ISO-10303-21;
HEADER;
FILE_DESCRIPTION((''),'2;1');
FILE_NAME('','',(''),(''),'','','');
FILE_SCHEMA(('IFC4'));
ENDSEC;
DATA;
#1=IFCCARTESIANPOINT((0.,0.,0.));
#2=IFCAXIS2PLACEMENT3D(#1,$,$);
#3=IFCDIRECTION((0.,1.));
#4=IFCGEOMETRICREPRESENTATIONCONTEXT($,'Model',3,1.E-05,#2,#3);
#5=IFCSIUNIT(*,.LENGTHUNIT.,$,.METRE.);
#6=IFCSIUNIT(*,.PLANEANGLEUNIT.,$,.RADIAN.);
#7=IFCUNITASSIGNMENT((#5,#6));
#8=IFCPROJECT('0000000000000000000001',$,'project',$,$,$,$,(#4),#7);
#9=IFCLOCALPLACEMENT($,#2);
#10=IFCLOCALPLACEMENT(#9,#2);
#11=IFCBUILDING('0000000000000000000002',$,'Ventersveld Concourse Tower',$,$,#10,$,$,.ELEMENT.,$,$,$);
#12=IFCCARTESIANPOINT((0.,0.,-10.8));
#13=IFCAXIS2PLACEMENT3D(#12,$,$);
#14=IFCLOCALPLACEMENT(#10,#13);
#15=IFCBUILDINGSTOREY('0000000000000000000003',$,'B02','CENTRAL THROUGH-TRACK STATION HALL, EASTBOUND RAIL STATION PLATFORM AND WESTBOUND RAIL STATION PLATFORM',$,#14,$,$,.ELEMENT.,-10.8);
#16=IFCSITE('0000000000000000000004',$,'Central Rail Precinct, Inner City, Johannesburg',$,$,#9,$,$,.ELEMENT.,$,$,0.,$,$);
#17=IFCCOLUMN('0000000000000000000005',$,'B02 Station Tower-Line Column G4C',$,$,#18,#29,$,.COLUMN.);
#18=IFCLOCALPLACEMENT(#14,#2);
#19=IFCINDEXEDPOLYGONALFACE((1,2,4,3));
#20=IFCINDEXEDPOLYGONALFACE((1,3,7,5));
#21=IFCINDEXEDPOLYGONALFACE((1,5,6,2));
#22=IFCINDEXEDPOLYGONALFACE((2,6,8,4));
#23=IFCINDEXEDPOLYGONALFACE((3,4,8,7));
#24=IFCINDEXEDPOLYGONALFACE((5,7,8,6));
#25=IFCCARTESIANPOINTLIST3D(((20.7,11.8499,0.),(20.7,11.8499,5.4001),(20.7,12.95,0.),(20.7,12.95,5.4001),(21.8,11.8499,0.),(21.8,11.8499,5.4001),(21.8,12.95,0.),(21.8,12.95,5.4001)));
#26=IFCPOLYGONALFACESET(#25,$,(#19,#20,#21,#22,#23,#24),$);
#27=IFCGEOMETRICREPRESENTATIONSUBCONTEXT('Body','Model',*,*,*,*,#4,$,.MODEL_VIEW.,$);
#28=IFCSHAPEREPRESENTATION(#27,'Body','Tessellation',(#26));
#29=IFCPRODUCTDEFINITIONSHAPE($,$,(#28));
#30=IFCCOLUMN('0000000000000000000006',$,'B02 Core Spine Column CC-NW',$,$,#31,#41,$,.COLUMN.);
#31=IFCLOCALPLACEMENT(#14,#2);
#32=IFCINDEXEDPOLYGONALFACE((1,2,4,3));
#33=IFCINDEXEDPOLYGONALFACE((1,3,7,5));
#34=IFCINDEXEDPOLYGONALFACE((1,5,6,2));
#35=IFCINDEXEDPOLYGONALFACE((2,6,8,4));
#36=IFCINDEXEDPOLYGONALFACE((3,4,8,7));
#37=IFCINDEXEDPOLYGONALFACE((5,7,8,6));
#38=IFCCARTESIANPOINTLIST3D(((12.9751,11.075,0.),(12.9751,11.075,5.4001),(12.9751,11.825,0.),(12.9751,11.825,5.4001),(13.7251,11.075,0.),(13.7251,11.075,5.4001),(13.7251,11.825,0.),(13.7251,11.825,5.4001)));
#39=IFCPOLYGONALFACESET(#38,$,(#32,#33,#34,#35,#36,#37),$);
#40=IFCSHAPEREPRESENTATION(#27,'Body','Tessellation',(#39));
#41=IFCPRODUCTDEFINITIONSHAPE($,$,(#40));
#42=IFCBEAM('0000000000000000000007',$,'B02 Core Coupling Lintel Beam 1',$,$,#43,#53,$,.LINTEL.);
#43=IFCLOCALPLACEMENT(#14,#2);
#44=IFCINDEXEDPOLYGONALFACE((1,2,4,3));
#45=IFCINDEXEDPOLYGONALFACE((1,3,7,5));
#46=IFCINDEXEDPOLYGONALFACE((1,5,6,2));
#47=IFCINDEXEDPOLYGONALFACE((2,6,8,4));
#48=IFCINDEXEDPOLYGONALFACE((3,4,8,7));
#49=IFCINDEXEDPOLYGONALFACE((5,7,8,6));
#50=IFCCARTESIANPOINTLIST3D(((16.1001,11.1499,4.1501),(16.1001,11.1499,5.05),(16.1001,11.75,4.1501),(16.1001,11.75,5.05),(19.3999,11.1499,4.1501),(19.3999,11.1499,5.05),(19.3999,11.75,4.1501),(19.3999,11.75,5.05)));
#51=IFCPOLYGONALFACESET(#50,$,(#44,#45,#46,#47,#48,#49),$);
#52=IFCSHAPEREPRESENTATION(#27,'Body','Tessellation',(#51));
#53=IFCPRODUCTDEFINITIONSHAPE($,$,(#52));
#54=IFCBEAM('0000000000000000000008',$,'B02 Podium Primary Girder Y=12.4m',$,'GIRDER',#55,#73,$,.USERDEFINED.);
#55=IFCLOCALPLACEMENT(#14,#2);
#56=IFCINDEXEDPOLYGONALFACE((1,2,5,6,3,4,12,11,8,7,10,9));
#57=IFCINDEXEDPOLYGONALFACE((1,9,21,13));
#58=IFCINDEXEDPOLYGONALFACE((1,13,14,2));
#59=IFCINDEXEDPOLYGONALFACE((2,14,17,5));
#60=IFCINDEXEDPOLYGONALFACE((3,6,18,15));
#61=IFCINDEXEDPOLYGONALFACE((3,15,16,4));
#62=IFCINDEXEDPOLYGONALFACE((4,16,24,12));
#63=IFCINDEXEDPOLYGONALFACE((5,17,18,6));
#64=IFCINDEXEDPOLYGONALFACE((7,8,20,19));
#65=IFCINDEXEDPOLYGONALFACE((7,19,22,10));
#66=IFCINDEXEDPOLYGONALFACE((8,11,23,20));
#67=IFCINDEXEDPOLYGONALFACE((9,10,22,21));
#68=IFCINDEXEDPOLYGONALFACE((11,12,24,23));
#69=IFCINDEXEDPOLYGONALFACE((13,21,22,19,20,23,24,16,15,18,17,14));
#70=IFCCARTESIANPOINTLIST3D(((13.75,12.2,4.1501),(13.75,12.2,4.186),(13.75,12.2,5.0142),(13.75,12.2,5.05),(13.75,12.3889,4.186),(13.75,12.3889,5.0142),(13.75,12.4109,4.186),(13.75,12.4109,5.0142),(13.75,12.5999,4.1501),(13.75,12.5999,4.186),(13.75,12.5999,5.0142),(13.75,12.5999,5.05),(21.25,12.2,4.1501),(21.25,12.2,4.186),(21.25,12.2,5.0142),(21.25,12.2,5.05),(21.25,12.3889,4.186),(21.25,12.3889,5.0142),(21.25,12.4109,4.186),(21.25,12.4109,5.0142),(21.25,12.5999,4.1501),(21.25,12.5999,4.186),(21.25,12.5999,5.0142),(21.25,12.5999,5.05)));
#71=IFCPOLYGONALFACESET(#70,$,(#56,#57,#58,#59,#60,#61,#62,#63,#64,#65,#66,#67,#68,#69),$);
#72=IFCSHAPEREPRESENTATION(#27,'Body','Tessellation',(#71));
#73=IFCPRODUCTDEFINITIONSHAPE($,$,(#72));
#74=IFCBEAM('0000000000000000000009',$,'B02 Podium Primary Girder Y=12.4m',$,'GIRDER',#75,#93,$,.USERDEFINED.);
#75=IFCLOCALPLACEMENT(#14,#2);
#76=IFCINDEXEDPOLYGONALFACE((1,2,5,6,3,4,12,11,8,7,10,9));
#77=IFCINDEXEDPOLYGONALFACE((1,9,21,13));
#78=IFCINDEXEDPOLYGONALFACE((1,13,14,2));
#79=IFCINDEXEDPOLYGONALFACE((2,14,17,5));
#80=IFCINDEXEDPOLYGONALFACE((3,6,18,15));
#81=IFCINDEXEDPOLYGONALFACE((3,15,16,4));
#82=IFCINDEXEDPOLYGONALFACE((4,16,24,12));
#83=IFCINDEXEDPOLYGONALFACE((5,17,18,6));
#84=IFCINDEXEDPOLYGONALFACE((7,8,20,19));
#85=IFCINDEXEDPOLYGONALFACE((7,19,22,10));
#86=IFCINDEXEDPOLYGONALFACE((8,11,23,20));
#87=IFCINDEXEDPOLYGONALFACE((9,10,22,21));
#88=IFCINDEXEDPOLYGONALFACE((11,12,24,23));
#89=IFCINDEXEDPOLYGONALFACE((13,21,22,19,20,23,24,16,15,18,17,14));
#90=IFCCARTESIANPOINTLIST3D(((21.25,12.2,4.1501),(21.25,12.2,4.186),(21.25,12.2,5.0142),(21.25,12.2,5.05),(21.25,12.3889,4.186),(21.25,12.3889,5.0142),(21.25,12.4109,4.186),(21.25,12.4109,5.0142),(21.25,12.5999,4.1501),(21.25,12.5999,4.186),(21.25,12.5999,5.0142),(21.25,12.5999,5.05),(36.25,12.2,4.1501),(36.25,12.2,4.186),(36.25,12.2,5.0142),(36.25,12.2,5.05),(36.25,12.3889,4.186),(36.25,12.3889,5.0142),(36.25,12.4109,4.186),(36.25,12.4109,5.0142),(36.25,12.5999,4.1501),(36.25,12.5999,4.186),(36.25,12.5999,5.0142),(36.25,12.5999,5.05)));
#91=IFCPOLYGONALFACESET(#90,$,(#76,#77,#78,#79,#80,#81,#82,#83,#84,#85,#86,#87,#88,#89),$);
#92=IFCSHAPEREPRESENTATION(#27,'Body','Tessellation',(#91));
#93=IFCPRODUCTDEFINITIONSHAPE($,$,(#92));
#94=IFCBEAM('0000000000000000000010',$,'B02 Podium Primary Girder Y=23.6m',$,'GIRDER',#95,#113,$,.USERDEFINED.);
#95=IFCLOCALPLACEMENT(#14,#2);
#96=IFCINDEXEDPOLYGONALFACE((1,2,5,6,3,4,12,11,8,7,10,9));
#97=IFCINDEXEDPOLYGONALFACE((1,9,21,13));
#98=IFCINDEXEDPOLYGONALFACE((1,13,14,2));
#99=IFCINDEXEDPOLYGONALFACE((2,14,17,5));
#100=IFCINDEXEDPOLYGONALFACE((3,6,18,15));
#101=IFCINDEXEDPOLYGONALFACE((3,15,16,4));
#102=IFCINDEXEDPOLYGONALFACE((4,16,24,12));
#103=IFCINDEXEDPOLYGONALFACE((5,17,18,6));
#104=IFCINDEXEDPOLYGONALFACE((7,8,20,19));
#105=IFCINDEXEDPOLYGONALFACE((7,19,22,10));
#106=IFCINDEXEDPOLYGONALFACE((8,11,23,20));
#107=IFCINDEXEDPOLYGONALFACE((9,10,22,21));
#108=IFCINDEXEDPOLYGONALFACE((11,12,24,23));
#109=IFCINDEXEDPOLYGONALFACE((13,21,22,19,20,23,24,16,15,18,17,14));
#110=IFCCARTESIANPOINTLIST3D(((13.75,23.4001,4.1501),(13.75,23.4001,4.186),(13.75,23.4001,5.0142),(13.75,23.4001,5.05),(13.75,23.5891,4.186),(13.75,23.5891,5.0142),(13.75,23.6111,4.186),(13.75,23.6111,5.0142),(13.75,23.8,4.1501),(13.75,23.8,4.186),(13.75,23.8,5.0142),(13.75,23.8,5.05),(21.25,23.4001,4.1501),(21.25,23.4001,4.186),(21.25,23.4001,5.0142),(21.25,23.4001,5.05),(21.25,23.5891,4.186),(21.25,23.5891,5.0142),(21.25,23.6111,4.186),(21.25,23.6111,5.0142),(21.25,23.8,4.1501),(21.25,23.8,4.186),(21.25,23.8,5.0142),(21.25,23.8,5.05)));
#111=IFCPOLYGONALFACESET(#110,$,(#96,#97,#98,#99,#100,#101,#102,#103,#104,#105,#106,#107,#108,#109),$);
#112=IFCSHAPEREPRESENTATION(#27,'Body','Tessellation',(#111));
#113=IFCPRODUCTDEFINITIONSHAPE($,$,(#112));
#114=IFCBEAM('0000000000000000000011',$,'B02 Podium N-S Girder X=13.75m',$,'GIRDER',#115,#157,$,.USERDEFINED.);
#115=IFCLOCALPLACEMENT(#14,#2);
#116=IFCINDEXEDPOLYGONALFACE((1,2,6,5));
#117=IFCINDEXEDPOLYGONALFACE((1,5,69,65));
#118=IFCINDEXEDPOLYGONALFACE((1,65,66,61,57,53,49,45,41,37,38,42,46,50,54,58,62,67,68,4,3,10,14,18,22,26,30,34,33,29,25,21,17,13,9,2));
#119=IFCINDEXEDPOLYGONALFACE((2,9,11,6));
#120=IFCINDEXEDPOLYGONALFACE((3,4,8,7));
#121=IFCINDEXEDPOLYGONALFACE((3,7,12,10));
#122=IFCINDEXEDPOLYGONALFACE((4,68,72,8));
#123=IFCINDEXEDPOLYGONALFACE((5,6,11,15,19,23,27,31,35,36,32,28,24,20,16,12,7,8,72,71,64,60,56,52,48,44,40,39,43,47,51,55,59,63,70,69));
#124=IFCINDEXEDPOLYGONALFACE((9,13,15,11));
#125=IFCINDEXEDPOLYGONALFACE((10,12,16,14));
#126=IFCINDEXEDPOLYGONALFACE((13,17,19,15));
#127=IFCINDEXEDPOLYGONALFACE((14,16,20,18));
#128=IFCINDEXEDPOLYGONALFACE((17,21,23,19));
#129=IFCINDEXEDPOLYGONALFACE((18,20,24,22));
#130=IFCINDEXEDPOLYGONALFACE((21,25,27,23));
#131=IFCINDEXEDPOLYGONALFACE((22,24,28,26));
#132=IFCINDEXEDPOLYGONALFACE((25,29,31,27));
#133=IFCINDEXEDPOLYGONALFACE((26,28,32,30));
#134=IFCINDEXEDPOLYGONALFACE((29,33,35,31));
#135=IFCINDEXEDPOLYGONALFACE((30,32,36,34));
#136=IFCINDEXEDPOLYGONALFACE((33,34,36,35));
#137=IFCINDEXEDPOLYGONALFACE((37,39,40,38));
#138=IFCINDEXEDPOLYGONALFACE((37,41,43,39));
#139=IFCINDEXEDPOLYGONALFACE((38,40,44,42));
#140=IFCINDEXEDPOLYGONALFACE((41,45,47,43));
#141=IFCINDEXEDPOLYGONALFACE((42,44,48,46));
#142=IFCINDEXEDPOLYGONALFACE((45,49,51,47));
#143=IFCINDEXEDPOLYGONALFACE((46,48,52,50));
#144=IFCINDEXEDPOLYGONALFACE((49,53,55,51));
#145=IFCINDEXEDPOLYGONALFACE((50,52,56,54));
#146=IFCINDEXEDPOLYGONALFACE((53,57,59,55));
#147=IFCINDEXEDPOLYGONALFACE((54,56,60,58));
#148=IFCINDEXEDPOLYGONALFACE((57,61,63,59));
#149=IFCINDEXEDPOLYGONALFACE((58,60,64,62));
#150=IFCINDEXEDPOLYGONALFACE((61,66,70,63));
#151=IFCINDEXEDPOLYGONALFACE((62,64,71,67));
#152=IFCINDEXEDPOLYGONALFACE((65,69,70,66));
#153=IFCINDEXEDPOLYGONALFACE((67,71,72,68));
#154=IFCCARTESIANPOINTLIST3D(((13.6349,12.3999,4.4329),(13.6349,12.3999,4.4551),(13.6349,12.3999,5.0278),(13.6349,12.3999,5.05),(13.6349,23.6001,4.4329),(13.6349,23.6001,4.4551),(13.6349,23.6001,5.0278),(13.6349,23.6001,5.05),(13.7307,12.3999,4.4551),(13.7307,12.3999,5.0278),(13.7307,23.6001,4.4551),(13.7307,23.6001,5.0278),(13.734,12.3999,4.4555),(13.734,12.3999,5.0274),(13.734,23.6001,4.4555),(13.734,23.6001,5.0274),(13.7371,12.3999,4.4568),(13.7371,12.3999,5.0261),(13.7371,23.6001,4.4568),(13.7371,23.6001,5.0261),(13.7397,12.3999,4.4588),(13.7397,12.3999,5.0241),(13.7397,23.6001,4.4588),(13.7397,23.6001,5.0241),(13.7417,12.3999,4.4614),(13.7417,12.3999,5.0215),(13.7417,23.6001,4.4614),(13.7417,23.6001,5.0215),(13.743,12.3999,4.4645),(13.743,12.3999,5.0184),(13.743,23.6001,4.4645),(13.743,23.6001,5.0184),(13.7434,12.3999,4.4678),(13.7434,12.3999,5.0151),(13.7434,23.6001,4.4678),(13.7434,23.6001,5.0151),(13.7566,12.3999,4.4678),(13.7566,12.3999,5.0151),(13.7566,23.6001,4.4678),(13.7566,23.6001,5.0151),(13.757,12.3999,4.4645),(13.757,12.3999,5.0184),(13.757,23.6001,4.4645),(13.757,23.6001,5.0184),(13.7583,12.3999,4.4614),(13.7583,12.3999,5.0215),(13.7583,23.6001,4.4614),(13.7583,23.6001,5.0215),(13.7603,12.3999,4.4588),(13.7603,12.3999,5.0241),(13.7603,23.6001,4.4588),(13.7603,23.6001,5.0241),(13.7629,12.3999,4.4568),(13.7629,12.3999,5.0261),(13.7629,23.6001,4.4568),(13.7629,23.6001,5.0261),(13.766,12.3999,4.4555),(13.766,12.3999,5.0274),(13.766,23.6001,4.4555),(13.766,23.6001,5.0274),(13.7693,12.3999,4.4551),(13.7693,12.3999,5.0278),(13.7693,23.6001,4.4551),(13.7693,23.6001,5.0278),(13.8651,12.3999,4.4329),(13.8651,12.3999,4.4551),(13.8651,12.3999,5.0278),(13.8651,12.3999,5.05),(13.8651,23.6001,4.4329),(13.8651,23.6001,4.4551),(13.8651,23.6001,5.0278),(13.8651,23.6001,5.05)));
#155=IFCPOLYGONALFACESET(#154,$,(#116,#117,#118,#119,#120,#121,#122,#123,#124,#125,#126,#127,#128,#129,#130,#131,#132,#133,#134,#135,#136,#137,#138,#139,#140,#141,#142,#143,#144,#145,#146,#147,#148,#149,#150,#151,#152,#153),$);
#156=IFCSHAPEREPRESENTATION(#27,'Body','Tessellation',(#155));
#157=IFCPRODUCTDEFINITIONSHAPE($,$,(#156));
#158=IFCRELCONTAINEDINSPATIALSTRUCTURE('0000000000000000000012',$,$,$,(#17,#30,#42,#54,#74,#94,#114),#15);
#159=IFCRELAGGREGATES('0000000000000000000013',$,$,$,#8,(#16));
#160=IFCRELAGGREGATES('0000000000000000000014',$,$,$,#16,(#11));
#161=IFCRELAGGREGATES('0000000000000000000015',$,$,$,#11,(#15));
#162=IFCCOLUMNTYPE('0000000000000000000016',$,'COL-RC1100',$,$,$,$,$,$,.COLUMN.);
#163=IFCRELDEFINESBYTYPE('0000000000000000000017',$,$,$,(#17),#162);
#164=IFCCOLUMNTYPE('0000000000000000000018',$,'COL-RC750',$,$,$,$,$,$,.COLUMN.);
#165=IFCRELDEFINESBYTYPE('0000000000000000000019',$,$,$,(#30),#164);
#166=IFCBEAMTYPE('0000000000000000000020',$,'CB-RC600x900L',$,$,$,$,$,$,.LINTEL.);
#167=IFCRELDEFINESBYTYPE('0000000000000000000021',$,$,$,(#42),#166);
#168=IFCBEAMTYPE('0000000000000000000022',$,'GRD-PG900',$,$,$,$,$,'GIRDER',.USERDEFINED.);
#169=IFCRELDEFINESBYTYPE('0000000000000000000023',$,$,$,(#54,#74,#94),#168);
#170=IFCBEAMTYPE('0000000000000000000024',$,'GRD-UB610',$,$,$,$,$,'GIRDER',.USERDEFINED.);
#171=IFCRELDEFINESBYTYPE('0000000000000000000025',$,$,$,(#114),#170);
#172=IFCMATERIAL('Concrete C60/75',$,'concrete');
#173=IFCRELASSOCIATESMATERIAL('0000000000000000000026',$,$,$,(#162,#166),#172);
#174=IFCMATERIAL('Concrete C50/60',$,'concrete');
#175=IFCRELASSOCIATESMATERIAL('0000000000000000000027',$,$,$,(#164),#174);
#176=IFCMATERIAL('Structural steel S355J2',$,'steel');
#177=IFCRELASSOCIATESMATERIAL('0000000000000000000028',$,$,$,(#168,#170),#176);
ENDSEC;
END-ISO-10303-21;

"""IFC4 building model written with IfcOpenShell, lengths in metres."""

from ifc_helpers import new_model, si_unit, direction, frame, origin, origin_2d, place, context, subcontext, project, spatial, rectangle, i_section, extrude, material, material_profile, profile_set, type_object, element, save


model = new_model("IFC4")

# Units and contexts
model_context = context("Model", 3, precision=1e-05, world=origin(), true_north=direction((0.0, 1.0)))
body_context = subcontext(model_context, "Body", "Model", "MODEL_VIEW")
ifc_project = project(units=[si_unit("LENGTHUNIT", "METRE"), si_unit("PLANEANGLEUNIT", "RADIAN")], contexts=[model_context])

# Site, building, storey
site_placement = place(None, origin())
site = spatial("IfcSite", under=ifc_project, at=site_placement, Name="Central Rail Precinct, Inner City, Johannesburg", CompositionType="ELEMENT", RefElevation=0.0)
building_placement = place(site_placement, origin())
building = spatial("IfcBuilding", under=site, at=building_placement, Name="Ventersveld Concourse Tower", CompositionType="ELEMENT")
storey_placement = place(building_placement, frame((0.0, 0.0, -10.8)))
storey = spatial("IfcBuildingStorey", under=building, at=storey_placement, Name="B02", Description="CENTRAL THROUGH-TRACK STATION HALL, EASTBOUND RAIL STATION PLATFORM AND WESTBOUND RAIL STATION PLATFORM", CompositionType="ELEMENT", Elevation=-10.8)

# Shared definitions
ifc_material_1 = material(Name="Concrete C50/60", Category="concrete")

# Columns
ifc_material_2 = material(Name="Concrete C60/75", Category="concrete")
ifc_material_profile_1 = material_profile(ifc_material_2, rectangle(XDim=1.1001, YDim=1.1001, at=origin_2d()), Name="RC 1100x1100")
ifc_profile_set_1 = profile_set([ifc_material_profile_1], Name="Concrete C60/75")
column_type_1 = type_object("IfcColumnType", Name="COL-RC1100", PredefinedType="COLUMN", material=ifc_profile_set_1)
for number, where, z_axis, x_axis, name in (
    (1, (21.25, 12.3999, 0.0), (0.0, 0.0, 1.0), (1.0, 0.0, 0.0), "B02 Station Tower-Line Column G4C"),
):
    element("IfcColumn", number, at=place(storey_placement, frame(where, z_axis=z_axis, x_axis=x_axis)), inside=storey, type_object=column_type_1, Name=name, PredefinedType="COLUMN", context=body_context, shape_type="SweptSolid", body=[
        extrude(rectangle(XDim=1.1001, YDim=1.1001, at=origin_2d()), origin(), (0.0, 0.0, 1.0), 5.4001),
    ])
ifc_material_profile_2 = material_profile(ifc_material_1, rectangle(XDim=0.75, YDim=0.75, at=origin_2d()), Name="RC 750x750")
ifc_profile_set_2 = profile_set([ifc_material_profile_2], Name="Concrete C50/60")
column_type_2 = type_object("IfcColumnType", Name="COL-RC750", PredefinedType="COLUMN", material=ifc_profile_set_2)
column_placement = place(storey_placement, frame((13.3501, 11.45, 0.0), z_axis=(0.0, 0.0, 1.0), x_axis=(1.0, 0.0, 0.0)))
element("IfcColumn", 2, at=column_placement, inside=storey, type_object=column_type_2, Name="B02 Core Spine Column CC-NW", PredefinedType="COLUMN", context=body_context, shape_type="SweptSolid", body=[
    extrude(rectangle(XDim=0.75, YDim=0.75, at=origin_2d()), origin(), (0.0, 0.0, 1.0), 5.4001),
])

# Beams
ifc_material_profile_3 = material_profile(ifc_material_2, rectangle(XDim=0.6001, YDim=0.8999, at=origin_2d()), Name="RC 600x900")
ifc_profile_set_3 = profile_set([ifc_material_profile_3], Name="Concrete C60/75")
beam_type_1 = type_object("IfcBeamType", Name="CB-RC600x900L", PredefinedType="LINTEL", material=ifc_profile_set_3)
beam_1_placement = place(storey_placement, frame((16.1001, 11.45, 4.6001), z_axis=(1.0, 0.0, 0.0), x_axis=(0.0, 1.0, 0.0)))
element("IfcBeam", 3, at=beam_1_placement, inside=storey, type_object=beam_type_1, Name="B02 Core Coupling Lintel Beam 1", PredefinedType="LINTEL", context=body_context, shape_type="SweptSolid", body=[
    extrude(rectangle(XDim=0.6001, YDim=0.8999, at=origin_2d()), origin(), (0.0, 0.0, 1.0), 3.2998),
])
ifc_material_3 = material(Name="Structural steel S355J2", Category="steel")
ifc_material_profile_4 = material_profile(ifc_material_3, i_section(OverallWidth=0.3999, OverallDepth=0.8999, WebThickness=0.022, FlangeThickness=0.0359, at=origin_2d()), Name="PG 900x400x36")
ifc_profile_set_4 = profile_set([ifc_material_profile_4], Name="Structural steel S355J2")
beam_type_2 = type_object("IfcBeamType", Name="GRD-PG900", ElementType="GIRDER", PredefinedType="USERDEFINED", material=ifc_profile_set_4)
beam_2_placement = place(storey_placement, frame((13.75, 12.3999, 4.6001), z_axis=(1.0, 0.0, 0.0), x_axis=(0.0, 1.0, 0.0)))
element("IfcBeam", 4, at=beam_2_placement, inside=storey, type_object=beam_type_2, Name="B02 Podium Primary Girder Y=12.4m", ObjectType="GIRDER", PredefinedType="USERDEFINED", context=body_context, shape_type="SweptSolid", body=[
    extrude(i_section(OverallWidth=0.3999, OverallDepth=0.8999, WebThickness=0.022, FlangeThickness=0.0359, at=origin_2d()), origin(), (0.0, 0.0, 1.0), 7.5),
])
beam_3_placement = place(storey_placement, frame((21.25, 12.3999, 4.6001), z_axis=(1.0, 0.0, 0.0), x_axis=(0.0, 1.0, 0.0)))
element("IfcBeam", 5, at=beam_3_placement, inside=storey, type_object=beam_type_2, Name="B02 Podium Primary Girder Y=12.4m", ObjectType="GIRDER", PredefinedType="USERDEFINED", context=body_context, shape_type="SweptSolid", body=[
    extrude(i_section(OverallWidth=0.3999, OverallDepth=0.8999, WebThickness=0.022, FlangeThickness=0.0359, at=origin_2d()), origin(), (0.0, 0.0, 1.0), 15.0),
])
beam_4_placement = place(storey_placement, frame((13.75, 23.6001, 4.6001), z_axis=(1.0, 0.0, 0.0), x_axis=(0.0, 1.0, 0.0)))
element("IfcBeam", 6, at=beam_4_placement, inside=storey, type_object=beam_type_2, Name="B02 Podium Primary Girder Y=23.6m", ObjectType="GIRDER", PredefinedType="USERDEFINED", context=body_context, shape_type="SweptSolid", body=[
    extrude(i_section(OverallWidth=0.3999, OverallDepth=0.8999, WebThickness=0.022, FlangeThickness=0.0359, at=origin_2d()), origin(), (0.0, 0.0, 1.0), 7.5),
])
ifc_material_profile_5 = material_profile(ifc_material_3, i_section(OverallWidth=0.2302, OverallDepth=0.6172, WebThickness=0.0132, FlangeThickness=0.0222, FilletRadius=0.0127, at=origin_2d()), Name="UB 610x229x140")
ifc_profile_set_5 = profile_set([ifc_material_profile_5], Name="Structural steel S355J2")
beam_type_3 = type_object("IfcBeamType", Name="GRD-UB610", ElementType="GIRDER", PredefinedType="USERDEFINED", material=ifc_profile_set_5)
beam_5_placement = place(storey_placement, frame((13.75, 12.3999, 4.7415), z_axis=(0.0, 1.0, 0.0), x_axis=(-1.0, 0.0, 0.0)))
element("IfcBeam", 7, at=beam_5_placement, inside=storey, type_object=beam_type_3, Name="B02 Podium N-S Girder X=13.75m", ObjectType="GIRDER", PredefinedType="USERDEFINED", context=body_context, shape_type="SweptSolid", body=[
    extrude(i_section(OverallWidth=0.2302, OverallDepth=0.6172, WebThickness=0.0132, FlangeThickness=0.0222, FilletRadius=0.0127, at=origin_2d()), origin(), (0.0, 0.0, 1.0), 11.2002),
])

save(model, "model.ifc")
